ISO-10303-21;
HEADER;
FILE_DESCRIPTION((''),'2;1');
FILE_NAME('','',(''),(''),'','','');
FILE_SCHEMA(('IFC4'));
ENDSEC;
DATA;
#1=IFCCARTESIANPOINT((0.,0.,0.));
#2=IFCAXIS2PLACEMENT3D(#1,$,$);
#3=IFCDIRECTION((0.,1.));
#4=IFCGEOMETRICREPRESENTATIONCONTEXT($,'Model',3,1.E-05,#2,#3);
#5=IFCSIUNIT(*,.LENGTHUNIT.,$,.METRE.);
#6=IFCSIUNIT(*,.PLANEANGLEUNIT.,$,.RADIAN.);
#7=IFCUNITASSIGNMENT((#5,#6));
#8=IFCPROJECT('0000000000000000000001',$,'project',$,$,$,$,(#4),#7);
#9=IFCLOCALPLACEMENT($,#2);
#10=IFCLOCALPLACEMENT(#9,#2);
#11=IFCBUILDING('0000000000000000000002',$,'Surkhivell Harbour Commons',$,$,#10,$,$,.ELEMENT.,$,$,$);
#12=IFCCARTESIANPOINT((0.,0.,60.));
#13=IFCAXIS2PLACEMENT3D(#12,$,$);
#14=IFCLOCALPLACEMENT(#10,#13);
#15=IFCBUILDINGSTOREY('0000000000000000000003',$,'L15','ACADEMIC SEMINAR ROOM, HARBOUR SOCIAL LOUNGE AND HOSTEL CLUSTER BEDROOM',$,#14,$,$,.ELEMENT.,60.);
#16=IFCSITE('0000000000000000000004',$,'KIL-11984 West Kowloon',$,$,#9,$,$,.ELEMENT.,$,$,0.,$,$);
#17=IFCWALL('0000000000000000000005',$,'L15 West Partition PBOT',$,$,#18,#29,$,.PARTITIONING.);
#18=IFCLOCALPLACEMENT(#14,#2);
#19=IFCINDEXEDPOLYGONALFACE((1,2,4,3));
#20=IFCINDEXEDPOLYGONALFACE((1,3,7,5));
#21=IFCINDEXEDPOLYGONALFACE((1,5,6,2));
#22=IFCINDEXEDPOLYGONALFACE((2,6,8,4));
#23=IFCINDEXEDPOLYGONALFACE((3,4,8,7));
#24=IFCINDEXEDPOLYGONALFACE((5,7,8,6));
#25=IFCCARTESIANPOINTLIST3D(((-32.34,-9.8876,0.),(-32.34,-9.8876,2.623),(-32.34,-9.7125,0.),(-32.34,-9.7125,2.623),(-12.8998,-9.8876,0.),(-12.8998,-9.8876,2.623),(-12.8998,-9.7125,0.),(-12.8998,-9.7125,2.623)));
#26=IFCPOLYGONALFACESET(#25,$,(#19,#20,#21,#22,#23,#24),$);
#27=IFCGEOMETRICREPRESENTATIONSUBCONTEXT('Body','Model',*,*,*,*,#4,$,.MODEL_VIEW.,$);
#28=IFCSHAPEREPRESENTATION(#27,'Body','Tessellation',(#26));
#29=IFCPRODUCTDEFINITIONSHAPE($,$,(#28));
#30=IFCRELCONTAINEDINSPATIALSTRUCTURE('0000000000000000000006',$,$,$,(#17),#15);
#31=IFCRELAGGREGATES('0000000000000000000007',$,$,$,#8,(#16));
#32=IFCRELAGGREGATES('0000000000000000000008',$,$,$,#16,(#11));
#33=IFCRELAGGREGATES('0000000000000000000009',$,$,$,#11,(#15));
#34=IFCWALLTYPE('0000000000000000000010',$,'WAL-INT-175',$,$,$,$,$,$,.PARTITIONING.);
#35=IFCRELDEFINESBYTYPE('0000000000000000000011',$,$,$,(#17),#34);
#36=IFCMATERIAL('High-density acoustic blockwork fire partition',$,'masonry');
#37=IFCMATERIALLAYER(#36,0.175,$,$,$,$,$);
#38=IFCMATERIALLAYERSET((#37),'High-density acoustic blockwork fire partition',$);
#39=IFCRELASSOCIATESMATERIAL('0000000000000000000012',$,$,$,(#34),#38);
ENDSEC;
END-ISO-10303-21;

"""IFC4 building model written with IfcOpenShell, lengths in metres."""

from ifc_helpers import new_model, si_unit, direction, frame, frame_2d, origin, place, context, subcontext, project, spatial, rectangle, extrude, material, layer, layer_set, type_object, element, save


model = new_model("IFC4")

# Units and contexts
model_context = context("Model", 3, precision=1e-05, world=origin(), true_north=direction((0.0, 1.0)))
body_context = subcontext(model_context, "Body", "Model", "MODEL_VIEW")
ifc_project = project(units=[si_unit("LENGTHUNIT", "METRE"), si_unit("PLANEANGLEUNIT", "RADIAN")], contexts=[model_context])

# Site, building, storey
site_placement = place(None, origin())
site = spatial("IfcSite", under=ifc_project, at=site_placement, Name="KIL-11984 West Kowloon", CompositionType="ELEMENT", RefElevation=0.0)
building_placement = place(site_placement, origin())
building = spatial("IfcBuilding", under=site, at=building_placement, Name="Surkhivell Harbour Commons", CompositionType="ELEMENT")
storey_placement = place(building_placement, frame((0.0, 0.0, 60.0)))
storey = spatial("IfcBuildingStorey", under=building, at=storey_placement, Name="L15", Description="ACADEMIC SEMINAR ROOM, HARBOUR SOCIAL LOUNGE AND HOSTEL CLUSTER BEDROOM", CompositionType="ELEMENT", Elevation=60.0)

# Wall
ifc_material_1 = material(Name="High-density acoustic blockwork fire partition", Category="masonry")
ifc_layer_1 = layer(ifc_material_1, 0.175)
ifc_layer_set_1 = layer_set([ifc_layer_1], Name="High-density acoustic blockwork fire partition")
wall_type_1 = type_object("IfcWallType", Name="WAL-INT-175", PredefinedType="PARTITIONING", material=ifc_layer_set_1)
wall_1_placement = place(storey_placement, frame((-32.3401, -9.8, 0.0), z_axis=(0.0, 0.0, 1.0), x_axis=(1.0, 0.0, 0.0)))
element("IfcWall", 1, at=wall_1_placement, inside=storey, type_object=wall_type_1, Name="L15 West Partition PBOT", PredefinedType="PARTITIONING", context=body_context, shape_type="SweptSolid", body=[
    extrude(rectangle(XDim=19.4402, YDim=0.175, at=frame_2d((9.7202, 0.0))), origin(), (0.0, 0.0, 1.0), 2.623),
])

save(model, "model.ifc")
